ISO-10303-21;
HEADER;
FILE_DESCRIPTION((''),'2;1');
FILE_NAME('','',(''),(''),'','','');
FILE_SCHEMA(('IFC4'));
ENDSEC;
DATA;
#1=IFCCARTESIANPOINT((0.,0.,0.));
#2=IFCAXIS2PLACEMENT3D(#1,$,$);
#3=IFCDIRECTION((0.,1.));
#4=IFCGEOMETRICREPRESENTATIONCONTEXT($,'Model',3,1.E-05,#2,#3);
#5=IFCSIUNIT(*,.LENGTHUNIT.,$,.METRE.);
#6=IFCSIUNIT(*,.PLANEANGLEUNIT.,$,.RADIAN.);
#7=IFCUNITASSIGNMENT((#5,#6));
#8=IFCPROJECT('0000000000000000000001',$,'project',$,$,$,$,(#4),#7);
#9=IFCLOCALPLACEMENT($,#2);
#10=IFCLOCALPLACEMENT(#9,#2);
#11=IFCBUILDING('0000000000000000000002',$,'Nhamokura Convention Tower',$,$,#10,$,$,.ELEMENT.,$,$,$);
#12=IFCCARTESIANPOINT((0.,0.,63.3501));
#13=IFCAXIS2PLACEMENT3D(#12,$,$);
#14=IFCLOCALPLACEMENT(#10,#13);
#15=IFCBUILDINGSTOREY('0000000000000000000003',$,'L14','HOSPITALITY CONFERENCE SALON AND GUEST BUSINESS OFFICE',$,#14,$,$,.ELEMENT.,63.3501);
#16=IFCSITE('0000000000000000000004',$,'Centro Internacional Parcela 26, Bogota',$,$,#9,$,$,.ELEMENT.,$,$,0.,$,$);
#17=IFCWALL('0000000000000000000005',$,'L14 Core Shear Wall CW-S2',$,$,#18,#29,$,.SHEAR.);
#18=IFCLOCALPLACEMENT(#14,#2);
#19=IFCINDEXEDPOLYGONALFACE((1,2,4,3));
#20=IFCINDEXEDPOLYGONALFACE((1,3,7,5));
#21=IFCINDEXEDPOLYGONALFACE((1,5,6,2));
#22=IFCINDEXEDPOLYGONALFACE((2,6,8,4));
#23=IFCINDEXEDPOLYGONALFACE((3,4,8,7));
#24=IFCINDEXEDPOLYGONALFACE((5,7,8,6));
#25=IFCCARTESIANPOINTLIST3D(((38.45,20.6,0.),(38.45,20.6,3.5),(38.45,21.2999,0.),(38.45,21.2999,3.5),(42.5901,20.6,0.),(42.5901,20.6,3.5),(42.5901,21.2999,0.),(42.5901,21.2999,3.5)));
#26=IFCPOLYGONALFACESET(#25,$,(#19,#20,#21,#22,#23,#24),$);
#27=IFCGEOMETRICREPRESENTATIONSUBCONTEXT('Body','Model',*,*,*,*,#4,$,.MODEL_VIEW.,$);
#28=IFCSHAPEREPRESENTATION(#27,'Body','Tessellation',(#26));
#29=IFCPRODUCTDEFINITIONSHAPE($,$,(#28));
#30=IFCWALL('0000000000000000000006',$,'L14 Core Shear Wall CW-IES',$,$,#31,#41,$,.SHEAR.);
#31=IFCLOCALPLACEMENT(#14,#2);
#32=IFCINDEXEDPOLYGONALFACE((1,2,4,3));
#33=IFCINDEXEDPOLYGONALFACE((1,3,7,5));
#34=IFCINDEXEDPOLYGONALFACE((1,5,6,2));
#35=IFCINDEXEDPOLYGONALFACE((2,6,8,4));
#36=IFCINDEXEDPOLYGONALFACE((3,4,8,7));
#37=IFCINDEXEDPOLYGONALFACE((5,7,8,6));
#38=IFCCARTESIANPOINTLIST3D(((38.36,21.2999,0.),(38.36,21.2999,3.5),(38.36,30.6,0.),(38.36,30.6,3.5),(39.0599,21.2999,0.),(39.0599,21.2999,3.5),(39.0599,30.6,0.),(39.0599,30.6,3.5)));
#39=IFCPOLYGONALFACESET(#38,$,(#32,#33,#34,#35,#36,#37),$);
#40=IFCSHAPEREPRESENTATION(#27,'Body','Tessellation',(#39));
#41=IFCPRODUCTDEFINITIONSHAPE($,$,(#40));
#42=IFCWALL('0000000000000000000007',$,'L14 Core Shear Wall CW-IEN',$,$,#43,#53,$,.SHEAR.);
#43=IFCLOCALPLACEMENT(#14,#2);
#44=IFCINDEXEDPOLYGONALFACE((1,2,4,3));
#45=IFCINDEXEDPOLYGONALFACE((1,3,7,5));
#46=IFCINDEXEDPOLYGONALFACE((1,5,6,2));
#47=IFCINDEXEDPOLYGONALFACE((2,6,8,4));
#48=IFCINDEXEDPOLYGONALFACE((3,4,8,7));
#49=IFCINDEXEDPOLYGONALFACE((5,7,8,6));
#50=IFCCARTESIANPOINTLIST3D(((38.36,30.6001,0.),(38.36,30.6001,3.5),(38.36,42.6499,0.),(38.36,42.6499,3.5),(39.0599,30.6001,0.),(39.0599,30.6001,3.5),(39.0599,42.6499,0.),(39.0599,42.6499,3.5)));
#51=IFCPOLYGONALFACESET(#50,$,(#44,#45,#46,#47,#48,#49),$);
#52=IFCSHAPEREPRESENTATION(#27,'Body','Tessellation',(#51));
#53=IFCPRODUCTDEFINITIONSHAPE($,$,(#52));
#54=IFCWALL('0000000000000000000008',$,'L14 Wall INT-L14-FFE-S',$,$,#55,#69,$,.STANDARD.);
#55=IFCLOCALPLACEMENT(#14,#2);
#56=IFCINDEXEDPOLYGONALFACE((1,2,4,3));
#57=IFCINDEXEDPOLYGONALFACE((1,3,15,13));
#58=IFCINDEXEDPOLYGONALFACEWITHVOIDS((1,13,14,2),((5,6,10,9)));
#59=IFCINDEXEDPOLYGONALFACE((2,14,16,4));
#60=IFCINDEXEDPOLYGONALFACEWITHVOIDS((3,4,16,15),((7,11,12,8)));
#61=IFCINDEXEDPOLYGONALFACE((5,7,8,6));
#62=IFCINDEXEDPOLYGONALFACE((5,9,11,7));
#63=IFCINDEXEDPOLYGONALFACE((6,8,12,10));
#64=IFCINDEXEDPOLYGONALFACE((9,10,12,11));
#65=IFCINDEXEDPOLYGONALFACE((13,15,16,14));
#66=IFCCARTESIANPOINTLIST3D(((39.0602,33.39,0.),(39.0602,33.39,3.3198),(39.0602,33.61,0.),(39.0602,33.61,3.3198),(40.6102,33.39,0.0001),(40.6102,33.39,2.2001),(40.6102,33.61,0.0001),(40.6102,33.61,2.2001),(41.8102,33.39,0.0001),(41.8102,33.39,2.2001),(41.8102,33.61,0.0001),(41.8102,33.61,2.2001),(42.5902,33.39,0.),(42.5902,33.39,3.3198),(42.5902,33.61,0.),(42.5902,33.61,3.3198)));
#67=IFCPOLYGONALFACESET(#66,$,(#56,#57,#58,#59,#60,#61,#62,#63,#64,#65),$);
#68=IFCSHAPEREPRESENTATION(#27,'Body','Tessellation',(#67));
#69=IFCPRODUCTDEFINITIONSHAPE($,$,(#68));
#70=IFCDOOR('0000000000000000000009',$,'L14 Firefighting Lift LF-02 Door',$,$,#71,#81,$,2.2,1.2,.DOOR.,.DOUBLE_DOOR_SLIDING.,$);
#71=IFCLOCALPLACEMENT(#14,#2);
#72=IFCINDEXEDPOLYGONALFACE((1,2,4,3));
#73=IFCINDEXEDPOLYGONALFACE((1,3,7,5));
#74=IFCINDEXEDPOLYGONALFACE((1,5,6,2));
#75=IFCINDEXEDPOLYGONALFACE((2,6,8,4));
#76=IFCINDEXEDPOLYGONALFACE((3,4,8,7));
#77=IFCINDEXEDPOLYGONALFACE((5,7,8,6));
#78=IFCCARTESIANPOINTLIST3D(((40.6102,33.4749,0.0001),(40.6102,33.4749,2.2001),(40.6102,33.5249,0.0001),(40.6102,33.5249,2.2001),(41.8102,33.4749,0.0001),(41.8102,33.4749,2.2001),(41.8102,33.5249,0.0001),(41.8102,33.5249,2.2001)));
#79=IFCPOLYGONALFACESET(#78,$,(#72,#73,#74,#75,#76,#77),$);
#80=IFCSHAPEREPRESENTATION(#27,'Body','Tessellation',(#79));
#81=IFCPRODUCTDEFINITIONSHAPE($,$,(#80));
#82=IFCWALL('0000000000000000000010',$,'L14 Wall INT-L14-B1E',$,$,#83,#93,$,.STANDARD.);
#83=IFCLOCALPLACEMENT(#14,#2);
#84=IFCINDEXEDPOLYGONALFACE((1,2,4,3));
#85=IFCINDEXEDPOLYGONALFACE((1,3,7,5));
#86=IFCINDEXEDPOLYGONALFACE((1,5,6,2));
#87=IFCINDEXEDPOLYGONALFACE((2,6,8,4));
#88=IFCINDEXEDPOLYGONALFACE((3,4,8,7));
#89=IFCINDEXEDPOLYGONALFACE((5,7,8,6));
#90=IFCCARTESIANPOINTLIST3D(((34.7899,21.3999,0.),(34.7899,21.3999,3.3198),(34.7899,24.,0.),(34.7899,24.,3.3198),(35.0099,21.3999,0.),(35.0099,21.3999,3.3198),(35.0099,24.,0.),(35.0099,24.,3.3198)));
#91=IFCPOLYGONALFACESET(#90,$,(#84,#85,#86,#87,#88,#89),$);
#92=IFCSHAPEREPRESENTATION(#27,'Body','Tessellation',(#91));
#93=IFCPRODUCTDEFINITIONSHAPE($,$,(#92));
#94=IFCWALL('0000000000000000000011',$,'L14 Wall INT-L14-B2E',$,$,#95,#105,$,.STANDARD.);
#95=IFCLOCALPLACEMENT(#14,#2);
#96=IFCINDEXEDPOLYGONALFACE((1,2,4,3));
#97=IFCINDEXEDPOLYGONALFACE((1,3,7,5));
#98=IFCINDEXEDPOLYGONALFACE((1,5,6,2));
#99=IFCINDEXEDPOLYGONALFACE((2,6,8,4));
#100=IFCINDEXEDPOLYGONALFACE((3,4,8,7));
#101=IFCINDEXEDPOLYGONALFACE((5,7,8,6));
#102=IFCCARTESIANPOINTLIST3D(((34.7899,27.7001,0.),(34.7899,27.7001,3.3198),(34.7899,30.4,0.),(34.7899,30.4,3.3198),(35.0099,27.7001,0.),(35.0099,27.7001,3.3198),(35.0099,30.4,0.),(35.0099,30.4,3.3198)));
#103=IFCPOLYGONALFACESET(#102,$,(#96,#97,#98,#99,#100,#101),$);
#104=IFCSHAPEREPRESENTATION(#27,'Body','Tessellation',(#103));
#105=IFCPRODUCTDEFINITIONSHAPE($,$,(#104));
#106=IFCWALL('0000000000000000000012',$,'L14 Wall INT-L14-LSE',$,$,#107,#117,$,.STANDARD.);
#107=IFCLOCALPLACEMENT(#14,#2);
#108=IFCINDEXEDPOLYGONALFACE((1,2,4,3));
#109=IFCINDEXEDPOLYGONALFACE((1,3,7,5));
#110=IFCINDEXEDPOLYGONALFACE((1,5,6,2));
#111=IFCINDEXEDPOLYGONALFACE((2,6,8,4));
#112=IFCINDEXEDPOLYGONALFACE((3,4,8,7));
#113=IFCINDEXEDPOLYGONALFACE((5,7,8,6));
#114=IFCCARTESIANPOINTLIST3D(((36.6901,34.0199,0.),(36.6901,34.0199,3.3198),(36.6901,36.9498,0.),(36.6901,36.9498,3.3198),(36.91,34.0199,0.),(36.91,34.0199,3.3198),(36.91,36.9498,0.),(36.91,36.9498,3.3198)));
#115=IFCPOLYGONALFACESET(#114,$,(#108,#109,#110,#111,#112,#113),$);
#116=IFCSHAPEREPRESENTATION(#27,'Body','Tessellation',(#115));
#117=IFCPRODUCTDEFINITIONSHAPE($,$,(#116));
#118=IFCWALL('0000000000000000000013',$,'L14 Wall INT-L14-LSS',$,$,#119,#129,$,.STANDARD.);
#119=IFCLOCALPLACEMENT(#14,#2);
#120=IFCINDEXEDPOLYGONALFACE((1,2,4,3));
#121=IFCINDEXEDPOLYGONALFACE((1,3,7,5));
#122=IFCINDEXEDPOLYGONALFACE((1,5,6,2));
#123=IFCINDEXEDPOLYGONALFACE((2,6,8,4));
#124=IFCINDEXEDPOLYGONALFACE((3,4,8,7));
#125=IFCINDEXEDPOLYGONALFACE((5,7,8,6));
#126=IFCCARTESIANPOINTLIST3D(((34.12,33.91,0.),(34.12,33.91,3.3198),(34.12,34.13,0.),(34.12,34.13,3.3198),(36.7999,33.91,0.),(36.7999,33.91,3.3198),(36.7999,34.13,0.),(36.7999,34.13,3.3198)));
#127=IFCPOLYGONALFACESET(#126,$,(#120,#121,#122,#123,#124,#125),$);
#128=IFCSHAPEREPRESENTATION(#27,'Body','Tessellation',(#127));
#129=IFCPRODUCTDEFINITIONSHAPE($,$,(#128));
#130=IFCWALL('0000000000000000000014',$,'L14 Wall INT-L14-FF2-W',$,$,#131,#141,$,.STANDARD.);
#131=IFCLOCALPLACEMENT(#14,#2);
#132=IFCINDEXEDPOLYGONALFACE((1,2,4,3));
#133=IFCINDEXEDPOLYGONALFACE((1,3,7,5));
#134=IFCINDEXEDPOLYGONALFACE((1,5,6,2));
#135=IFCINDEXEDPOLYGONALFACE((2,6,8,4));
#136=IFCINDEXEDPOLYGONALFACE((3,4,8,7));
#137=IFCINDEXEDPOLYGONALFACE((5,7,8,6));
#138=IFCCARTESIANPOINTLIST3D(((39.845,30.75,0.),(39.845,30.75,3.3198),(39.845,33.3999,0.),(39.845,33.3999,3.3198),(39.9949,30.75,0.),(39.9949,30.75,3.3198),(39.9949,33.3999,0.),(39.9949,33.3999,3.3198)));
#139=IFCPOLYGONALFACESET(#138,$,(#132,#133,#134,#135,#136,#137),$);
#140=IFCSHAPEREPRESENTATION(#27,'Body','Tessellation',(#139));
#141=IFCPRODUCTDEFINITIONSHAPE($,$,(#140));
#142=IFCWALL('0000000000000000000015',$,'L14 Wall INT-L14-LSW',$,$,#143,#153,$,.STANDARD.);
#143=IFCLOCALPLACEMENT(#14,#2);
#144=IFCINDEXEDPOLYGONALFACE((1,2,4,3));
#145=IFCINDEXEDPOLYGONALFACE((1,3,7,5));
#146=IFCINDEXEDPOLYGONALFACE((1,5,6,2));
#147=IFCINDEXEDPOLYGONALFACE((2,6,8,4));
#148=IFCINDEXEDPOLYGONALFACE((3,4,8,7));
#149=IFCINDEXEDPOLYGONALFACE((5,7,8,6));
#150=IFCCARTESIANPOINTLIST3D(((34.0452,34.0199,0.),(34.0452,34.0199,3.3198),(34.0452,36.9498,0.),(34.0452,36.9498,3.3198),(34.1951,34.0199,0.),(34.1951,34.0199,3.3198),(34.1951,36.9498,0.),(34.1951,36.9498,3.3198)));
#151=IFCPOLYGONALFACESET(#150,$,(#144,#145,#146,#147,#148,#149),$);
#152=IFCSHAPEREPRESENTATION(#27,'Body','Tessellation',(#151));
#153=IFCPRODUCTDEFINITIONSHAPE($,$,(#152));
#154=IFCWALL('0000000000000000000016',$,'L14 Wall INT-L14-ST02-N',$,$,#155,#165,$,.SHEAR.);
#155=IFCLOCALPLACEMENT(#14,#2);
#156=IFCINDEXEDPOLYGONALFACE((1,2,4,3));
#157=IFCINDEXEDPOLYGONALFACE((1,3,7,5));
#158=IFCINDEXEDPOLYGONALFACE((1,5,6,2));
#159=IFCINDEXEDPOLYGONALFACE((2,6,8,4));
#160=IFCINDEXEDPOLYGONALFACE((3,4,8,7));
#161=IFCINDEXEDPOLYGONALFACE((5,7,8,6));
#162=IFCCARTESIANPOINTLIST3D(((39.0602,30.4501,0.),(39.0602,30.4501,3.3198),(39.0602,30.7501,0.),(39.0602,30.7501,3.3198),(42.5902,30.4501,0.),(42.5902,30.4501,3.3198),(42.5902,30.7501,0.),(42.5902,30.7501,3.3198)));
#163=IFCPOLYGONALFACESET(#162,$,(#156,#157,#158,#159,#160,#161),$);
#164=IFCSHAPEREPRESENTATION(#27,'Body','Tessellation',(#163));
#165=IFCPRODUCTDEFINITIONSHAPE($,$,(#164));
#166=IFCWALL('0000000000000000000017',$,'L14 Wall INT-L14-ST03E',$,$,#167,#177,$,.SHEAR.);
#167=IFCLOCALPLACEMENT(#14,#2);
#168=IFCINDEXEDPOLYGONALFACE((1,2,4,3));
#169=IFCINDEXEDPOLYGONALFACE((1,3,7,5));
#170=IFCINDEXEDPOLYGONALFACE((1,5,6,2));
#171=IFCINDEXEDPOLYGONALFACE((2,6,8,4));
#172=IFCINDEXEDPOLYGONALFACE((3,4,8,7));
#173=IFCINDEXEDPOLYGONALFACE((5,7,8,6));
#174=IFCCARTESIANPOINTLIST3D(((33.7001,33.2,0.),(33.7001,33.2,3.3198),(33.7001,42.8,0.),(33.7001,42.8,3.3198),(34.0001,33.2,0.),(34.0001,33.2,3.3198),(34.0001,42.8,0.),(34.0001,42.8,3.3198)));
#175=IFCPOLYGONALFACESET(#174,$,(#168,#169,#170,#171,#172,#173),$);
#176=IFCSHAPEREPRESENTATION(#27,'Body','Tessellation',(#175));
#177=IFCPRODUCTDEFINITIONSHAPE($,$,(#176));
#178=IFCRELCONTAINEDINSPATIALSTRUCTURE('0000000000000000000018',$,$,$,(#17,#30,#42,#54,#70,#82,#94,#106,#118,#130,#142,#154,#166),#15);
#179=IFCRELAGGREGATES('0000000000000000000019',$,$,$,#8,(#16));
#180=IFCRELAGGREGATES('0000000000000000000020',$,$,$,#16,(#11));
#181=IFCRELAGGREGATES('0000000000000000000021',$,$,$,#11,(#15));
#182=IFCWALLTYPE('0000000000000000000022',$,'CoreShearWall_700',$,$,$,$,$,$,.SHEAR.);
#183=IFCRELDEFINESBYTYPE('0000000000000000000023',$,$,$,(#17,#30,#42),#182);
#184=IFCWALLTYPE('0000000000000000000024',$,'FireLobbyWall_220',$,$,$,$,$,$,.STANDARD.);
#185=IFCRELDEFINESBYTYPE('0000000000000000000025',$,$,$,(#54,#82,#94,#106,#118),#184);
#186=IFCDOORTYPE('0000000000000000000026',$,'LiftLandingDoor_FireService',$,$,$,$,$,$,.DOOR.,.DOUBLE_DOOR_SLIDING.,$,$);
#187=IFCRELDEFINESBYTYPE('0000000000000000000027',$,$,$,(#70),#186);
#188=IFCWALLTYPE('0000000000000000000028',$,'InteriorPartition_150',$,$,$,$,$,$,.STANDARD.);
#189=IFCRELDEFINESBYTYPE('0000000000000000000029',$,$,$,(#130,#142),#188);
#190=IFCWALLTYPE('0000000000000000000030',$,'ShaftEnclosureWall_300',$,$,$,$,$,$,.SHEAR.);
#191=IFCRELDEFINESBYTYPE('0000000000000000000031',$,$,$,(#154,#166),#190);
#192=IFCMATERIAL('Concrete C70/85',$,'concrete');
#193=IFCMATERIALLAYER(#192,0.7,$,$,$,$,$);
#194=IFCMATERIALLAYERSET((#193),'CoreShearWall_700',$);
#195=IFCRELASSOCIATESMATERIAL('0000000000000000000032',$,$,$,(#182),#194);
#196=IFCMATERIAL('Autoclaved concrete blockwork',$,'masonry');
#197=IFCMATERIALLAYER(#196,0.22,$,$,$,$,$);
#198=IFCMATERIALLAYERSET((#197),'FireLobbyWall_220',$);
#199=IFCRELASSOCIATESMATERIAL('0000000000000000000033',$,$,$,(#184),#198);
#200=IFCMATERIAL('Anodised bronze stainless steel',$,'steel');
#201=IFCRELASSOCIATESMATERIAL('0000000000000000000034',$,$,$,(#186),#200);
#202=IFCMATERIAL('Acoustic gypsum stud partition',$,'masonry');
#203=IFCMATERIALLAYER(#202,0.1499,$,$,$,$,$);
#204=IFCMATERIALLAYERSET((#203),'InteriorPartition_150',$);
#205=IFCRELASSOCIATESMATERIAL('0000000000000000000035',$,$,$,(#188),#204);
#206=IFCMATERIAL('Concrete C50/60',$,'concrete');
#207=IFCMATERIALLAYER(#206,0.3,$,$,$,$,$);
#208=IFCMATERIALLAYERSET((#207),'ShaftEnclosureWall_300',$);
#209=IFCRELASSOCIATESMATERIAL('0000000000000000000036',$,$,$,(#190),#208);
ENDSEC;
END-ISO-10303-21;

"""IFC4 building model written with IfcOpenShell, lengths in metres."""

from ifc_helpers import new_model, si_unit, direction, frame, frame_2d, origin, place, context, subcontext, project, spatial, rectangle, extrude, material, layer, layer_set, type_object, element, fill, save


model = new_model("IFC4")

# Units and contexts
model_context = context("Model", 3, precision=1e-05, world=origin(), true_north=direction((0.0, 1.0)))
body_context = subcontext(model_context, "Body", "Model", "MODEL_VIEW")
ifc_project = project(units=[si_unit("LENGTHUNIT", "METRE"), si_unit("PLANEANGLEUNIT", "RADIAN")], contexts=[model_context])

# Site, building, storey
site_placement = place(None, origin())
site = spatial("IfcSite", under=ifc_project, at=site_placement, Name="Centro Internacional Parcela 26, Bogota", CompositionType="ELEMENT", RefElevation=0.0)
building_placement = place(site_placement, origin())
building = spatial("IfcBuilding", under=site, at=building_placement, Name="Nhamokura Convention Tower", CompositionType="ELEMENT")
storey_placement = place(building_placement, frame((0.0, 0.0, 63.3501)))
storey = spatial("IfcBuildingStorey", under=building, at=storey_placement, Name="L14", Description="HOSPITALITY CONFERENCE SALON AND GUEST BUSINESS OFFICE", CompositionType="ELEMENT", Elevation=63.3501)

# Walls
ifc_material_1 = material(Name="Concrete C70/85", Category="concrete")
ifc_layer_1 = layer(ifc_material_1, 0.7)
ifc_layer_set_1 = layer_set([ifc_layer_1], Name="CoreShearWall_700")
wall_type_1 = type_object("IfcWallType", Name="CoreShearWall_700", PredefinedType="SHEAR", material=ifc_layer_set_1)
wall_1_placement = place(storey_placement, frame((38.45, 20.95, 0.0), z_axis=(0.0, 0.0, 1.0), x_axis=(1.0, 0.0, 0.0)))
element("IfcWall", 1, at=wall_1_placement, inside=storey, type_object=wall_type_1, Name="L14 Core Shear Wall CW-S2", PredefinedType="SHEAR", context=body_context, shape_type="SweptSolid", body=[
    extrude(rectangle(XDim=4.1401, YDim=0.7, at=frame_2d((2.0701, 0.0))), origin(), (0.0, 0.0, 1.0), 3.5),
])
wall_2_placement = place(storey_placement, frame((38.71, 21.3, 0.0), z_axis=(0.0, 0.0, 1.0), x_axis=(0.0, 1.0, 0.0)))
element("IfcWall", 2, at=wall_2_placement, inside=storey, type_object=wall_type_1, Name="L14 Core Shear Wall CW-IES", PredefinedType="SHEAR", context=body_context, shape_type="SweptSolid", body=[
    extrude(rectangle(XDim=9.3, YDim=0.7, at=frame_2d((4.6499, 0.0))), origin(), (0.0, 0.0, 1.0), 3.5),
])
wall_3_placement = place(storey_placement, frame((38.71, 30.6001, 0.0), z_axis=(0.0, 0.0, 1.0), x_axis=(0.0, 1.0, 0.0)))
element("IfcWall", 3, at=wall_3_placement, inside=storey, type_object=wall_type_1, Name="L14 Core Shear Wall CW-IEN", PredefinedType="SHEAR", context=body_context, shape_type="SweptSolid", body=[
    extrude(rectangle(XDim=12.0498, YDim=0.7, at=frame_2d((6.0249, 0.0))), origin(), (0.0, 0.0, 1.0), 3.5),
])

# Wall, opening, door
ifc_material_2 = material(Name="Autoclaved concrete blockwork", Category="masonry")
ifc_layer_2 = layer(ifc_material_2, 0.22)
ifc_layer_set_2 = layer_set([ifc_layer_2], Name="FireLobbyWall_220")
wall_type_2 = type_object("IfcWallType", Name="FireLobbyWall_220", PredefinedType="STANDARD", material=ifc_layer_set_2)
wall_4_placement = place(storey_placement, frame((39.0601, 33.5, 0.0), z_axis=(0.0, 0.0, 1.0), x_axis=(1.0, 0.0, 0.0)))
wall_4 = element("IfcWall", 4, at=wall_4_placement, inside=storey, type_object=wall_type_2, Name="L14 Wall INT-L14-FFE-S", PredefinedType="STANDARD", context=body_context, shape_type="SweptSolid", body=[
    extrude(rectangle(XDim=3.53, YDim=0.22, at=frame_2d((1.7651, 0.0))), origin(), (0.0, 0.0, 1.0), 3.3198),
])
opening_1_placement = place(wall_4_placement, frame((1.55, 0.0, 0.0)))
opening_1 = element("IfcOpeningElement", 5, at=opening_1_placement, cuts=wall_4, PredefinedType="OPENING", context=body_context, shape_type="SweptSolid", body=[
    extrude(rectangle(XDim=1.2, YDim=2.2, at=frame_2d((0.6001, 1.1001))), frame((0.0, 0.1199, 0.0), z_axis=(0.0, -1.0, 0.0), x_axis=(1.0, 0.0, 0.0)), (0.0, 0.0, 1.0), 0.24),
])
ifc_material_3 = material(Name="Anodised bronze stainless steel", Category="steel")
door_type_1 = type_object("IfcDoorType", Name="LiftLandingDoor_FireService", OperationType="DOUBLE_DOOR_SLIDING", PredefinedType="DOOR", material=ifc_material_3)
door_1_placement = place(opening_1_placement, origin())
door_1 = element("IfcDoor", 6, at=door_1_placement, inside=storey, type_object=door_type_1, Name="L14 Firefighting Lift LF-02 Door", OperationType="DOUBLE_DOOR_SLIDING", OverallHeight=2.2, OverallWidth=1.2, PredefinedType="DOOR", context=body_context, shape_type="SweptSolid", body=[
    extrude(rectangle(XDim=1.2, YDim=2.2, at=frame_2d((0.6001, 1.1001))), frame((0.0, 0.0249, 0.0), z_axis=(0.0, -1.0, 0.0), x_axis=(1.0, 0.0, 0.0)), (0.0, 0.0, 1.0), 0.05),
])
fill(opening_1, door_1)

# Walls
wall_5_placement = place(storey_placement, frame((34.8999, 21.3999, 0.0), z_axis=(0.0, 0.0, 1.0), x_axis=(0.0, 1.0, 0.0)))
element("IfcWall", 7, at=wall_5_placement, inside=storey, type_object=wall_type_2, Name="L14 Wall INT-L14-B1E", PredefinedType="STANDARD", context=body_context, shape_type="SweptSolid", body=[
    extrude(rectangle(XDim=2.6001, YDim=0.22, at=frame_2d((1.3, 0.0))), origin(), (0.0, 0.0, 1.0), 3.3198),
])
wall_6_placement = place(storey_placement, frame((34.8999, 27.7, 0.0), z_axis=(0.0, 0.0, 1.0), x_axis=(0.0, 1.0, 0.0)))
element("IfcWall", 8, at=wall_6_placement, inside=storey, type_object=wall_type_2, Name="L14 Wall INT-L14-B2E", PredefinedType="STANDARD", context=body_context, shape_type="SweptSolid", body=[
    extrude(rectangle(XDim=2.7, YDim=0.22, at=frame_2d((1.3501, 0.0))), origin(), (0.0, 0.0, 1.0), 3.3198),
])
wall_7_placement = place(storey_placement, frame((36.8, 34.02, 0.0), z_axis=(0.0, 0.0, 1.0), x_axis=(0.0, 1.0, 0.0)))
element("IfcWall", 9, at=wall_7_placement, inside=storey, type_object=wall_type_2, Name="L14 Wall INT-L14-LSE", PredefinedType="STANDARD", context=body_context, shape_type="SweptSolid", body=[
    extrude(rectangle(XDim=2.9299, YDim=0.22, at=frame_2d((1.4648, 0.0))), origin(), (0.0, 0.0, 1.0), 3.3198),
])
wall_8_placement = place(storey_placement, frame((34.1201, 34.02, 0.0), z_axis=(0.0, 0.0, 1.0), x_axis=(1.0, 0.0, 0.0)))
element("IfcWall", 10, at=wall_8_placement, inside=storey, type_object=wall_type_2, Name="L14 Wall INT-L14-LSS", PredefinedType="STANDARD", context=body_context, shape_type="SweptSolid", body=[
    extrude(rectangle(XDim=2.6799, YDim=0.22, at=frame_2d((1.3398, 0.0))), origin(), (0.0, 0.0, 1.0), 3.3198),
])
ifc_material_4 = material(Name="Acoustic gypsum stud partition", Category="masonry")
ifc_layer_3 = layer(ifc_material_4, 0.1499)
ifc_layer_set_3 = layer_set([ifc_layer_3], Name="InteriorPartition_150")
wall_type_3 = type_object("IfcWallType", Name="InteriorPartition_150", PredefinedType="STANDARD", material=ifc_layer_set_3)
wall_9_placement = place(storey_placement, frame((39.9199, 30.75, 0.0), z_axis=(0.0, 0.0, 1.0), x_axis=(0.0, 1.0, 0.0)))
element("IfcWall", 11, at=wall_9_placement, inside=storey, type_object=wall_type_3, Name="L14 Wall INT-L14-FF2-W", PredefinedType="STANDARD", context=body_context, shape_type="SweptSolid", body=[
    extrude(rectangle(XDim=2.6499, YDim=0.1499, at=frame_2d((1.325, 0.0))), origin(), (0.0, 0.0, 1.0), 3.3198),
])
wall_10_placement = place(storey_placement, frame((34.1201, 34.02, 0.0), z_axis=(0.0, 0.0, 1.0), x_axis=(0.0, 1.0, 0.0)))
element("IfcWall", 12, at=wall_10_placement, inside=storey, type_object=wall_type_3, Name="L14 Wall INT-L14-LSW", PredefinedType="STANDARD", context=body_context, shape_type="SweptSolid", body=[
    extrude(rectangle(XDim=2.9299, YDim=0.1499, at=frame_2d((1.4648, 0.0))), origin(), (0.0, 0.0, 1.0), 3.3198),
])
ifc_material_5 = material(Name="Concrete C50/60", Category="concrete")
ifc_layer_4 = layer(ifc_material_5, 0.3)
ifc_layer_set_4 = layer_set([ifc_layer_4], Name="ShaftEnclosureWall_300")
wall_type_4 = type_object("IfcWallType", Name="ShaftEnclosureWall_300", PredefinedType="SHEAR", material=ifc_layer_set_4)
wall_11_placement = place(storey_placement, frame((39.0601, 30.6001, 0.0), z_axis=(0.0, 0.0, 1.0), x_axis=(1.0, 0.0, 0.0)))
element("IfcWall", 13, at=wall_11_placement, inside=storey, type_object=wall_type_4, Name="L14 Wall INT-L14-ST02-N", PredefinedType="SHEAR", context=body_context, shape_type="SweptSolid", body=[
    extrude(rectangle(XDim=3.53, YDim=0.3, at=frame_2d((1.7651, 0.0))), origin(), (0.0, 0.0, 1.0), 3.3198),
])
wall_12_placement = place(storey_placement, frame((33.8501, 33.2, 0.0), z_axis=(0.0, 0.0, 1.0), x_axis=(0.0, 1.0, 0.0)))
element("IfcWall", 14, at=wall_12_placement, inside=storey, type_object=wall_type_4, Name="L14 Wall INT-L14-ST03E", PredefinedType="SHEAR", context=body_context, shape_type="SweptSolid", body=[
    extrude(rectangle(XDim=9.6001, YDim=0.3, at=frame_2d((4.8, 0.0))), origin(), (0.0, 0.0, 1.0), 3.3198),
])

save(model, "model.ifc")
